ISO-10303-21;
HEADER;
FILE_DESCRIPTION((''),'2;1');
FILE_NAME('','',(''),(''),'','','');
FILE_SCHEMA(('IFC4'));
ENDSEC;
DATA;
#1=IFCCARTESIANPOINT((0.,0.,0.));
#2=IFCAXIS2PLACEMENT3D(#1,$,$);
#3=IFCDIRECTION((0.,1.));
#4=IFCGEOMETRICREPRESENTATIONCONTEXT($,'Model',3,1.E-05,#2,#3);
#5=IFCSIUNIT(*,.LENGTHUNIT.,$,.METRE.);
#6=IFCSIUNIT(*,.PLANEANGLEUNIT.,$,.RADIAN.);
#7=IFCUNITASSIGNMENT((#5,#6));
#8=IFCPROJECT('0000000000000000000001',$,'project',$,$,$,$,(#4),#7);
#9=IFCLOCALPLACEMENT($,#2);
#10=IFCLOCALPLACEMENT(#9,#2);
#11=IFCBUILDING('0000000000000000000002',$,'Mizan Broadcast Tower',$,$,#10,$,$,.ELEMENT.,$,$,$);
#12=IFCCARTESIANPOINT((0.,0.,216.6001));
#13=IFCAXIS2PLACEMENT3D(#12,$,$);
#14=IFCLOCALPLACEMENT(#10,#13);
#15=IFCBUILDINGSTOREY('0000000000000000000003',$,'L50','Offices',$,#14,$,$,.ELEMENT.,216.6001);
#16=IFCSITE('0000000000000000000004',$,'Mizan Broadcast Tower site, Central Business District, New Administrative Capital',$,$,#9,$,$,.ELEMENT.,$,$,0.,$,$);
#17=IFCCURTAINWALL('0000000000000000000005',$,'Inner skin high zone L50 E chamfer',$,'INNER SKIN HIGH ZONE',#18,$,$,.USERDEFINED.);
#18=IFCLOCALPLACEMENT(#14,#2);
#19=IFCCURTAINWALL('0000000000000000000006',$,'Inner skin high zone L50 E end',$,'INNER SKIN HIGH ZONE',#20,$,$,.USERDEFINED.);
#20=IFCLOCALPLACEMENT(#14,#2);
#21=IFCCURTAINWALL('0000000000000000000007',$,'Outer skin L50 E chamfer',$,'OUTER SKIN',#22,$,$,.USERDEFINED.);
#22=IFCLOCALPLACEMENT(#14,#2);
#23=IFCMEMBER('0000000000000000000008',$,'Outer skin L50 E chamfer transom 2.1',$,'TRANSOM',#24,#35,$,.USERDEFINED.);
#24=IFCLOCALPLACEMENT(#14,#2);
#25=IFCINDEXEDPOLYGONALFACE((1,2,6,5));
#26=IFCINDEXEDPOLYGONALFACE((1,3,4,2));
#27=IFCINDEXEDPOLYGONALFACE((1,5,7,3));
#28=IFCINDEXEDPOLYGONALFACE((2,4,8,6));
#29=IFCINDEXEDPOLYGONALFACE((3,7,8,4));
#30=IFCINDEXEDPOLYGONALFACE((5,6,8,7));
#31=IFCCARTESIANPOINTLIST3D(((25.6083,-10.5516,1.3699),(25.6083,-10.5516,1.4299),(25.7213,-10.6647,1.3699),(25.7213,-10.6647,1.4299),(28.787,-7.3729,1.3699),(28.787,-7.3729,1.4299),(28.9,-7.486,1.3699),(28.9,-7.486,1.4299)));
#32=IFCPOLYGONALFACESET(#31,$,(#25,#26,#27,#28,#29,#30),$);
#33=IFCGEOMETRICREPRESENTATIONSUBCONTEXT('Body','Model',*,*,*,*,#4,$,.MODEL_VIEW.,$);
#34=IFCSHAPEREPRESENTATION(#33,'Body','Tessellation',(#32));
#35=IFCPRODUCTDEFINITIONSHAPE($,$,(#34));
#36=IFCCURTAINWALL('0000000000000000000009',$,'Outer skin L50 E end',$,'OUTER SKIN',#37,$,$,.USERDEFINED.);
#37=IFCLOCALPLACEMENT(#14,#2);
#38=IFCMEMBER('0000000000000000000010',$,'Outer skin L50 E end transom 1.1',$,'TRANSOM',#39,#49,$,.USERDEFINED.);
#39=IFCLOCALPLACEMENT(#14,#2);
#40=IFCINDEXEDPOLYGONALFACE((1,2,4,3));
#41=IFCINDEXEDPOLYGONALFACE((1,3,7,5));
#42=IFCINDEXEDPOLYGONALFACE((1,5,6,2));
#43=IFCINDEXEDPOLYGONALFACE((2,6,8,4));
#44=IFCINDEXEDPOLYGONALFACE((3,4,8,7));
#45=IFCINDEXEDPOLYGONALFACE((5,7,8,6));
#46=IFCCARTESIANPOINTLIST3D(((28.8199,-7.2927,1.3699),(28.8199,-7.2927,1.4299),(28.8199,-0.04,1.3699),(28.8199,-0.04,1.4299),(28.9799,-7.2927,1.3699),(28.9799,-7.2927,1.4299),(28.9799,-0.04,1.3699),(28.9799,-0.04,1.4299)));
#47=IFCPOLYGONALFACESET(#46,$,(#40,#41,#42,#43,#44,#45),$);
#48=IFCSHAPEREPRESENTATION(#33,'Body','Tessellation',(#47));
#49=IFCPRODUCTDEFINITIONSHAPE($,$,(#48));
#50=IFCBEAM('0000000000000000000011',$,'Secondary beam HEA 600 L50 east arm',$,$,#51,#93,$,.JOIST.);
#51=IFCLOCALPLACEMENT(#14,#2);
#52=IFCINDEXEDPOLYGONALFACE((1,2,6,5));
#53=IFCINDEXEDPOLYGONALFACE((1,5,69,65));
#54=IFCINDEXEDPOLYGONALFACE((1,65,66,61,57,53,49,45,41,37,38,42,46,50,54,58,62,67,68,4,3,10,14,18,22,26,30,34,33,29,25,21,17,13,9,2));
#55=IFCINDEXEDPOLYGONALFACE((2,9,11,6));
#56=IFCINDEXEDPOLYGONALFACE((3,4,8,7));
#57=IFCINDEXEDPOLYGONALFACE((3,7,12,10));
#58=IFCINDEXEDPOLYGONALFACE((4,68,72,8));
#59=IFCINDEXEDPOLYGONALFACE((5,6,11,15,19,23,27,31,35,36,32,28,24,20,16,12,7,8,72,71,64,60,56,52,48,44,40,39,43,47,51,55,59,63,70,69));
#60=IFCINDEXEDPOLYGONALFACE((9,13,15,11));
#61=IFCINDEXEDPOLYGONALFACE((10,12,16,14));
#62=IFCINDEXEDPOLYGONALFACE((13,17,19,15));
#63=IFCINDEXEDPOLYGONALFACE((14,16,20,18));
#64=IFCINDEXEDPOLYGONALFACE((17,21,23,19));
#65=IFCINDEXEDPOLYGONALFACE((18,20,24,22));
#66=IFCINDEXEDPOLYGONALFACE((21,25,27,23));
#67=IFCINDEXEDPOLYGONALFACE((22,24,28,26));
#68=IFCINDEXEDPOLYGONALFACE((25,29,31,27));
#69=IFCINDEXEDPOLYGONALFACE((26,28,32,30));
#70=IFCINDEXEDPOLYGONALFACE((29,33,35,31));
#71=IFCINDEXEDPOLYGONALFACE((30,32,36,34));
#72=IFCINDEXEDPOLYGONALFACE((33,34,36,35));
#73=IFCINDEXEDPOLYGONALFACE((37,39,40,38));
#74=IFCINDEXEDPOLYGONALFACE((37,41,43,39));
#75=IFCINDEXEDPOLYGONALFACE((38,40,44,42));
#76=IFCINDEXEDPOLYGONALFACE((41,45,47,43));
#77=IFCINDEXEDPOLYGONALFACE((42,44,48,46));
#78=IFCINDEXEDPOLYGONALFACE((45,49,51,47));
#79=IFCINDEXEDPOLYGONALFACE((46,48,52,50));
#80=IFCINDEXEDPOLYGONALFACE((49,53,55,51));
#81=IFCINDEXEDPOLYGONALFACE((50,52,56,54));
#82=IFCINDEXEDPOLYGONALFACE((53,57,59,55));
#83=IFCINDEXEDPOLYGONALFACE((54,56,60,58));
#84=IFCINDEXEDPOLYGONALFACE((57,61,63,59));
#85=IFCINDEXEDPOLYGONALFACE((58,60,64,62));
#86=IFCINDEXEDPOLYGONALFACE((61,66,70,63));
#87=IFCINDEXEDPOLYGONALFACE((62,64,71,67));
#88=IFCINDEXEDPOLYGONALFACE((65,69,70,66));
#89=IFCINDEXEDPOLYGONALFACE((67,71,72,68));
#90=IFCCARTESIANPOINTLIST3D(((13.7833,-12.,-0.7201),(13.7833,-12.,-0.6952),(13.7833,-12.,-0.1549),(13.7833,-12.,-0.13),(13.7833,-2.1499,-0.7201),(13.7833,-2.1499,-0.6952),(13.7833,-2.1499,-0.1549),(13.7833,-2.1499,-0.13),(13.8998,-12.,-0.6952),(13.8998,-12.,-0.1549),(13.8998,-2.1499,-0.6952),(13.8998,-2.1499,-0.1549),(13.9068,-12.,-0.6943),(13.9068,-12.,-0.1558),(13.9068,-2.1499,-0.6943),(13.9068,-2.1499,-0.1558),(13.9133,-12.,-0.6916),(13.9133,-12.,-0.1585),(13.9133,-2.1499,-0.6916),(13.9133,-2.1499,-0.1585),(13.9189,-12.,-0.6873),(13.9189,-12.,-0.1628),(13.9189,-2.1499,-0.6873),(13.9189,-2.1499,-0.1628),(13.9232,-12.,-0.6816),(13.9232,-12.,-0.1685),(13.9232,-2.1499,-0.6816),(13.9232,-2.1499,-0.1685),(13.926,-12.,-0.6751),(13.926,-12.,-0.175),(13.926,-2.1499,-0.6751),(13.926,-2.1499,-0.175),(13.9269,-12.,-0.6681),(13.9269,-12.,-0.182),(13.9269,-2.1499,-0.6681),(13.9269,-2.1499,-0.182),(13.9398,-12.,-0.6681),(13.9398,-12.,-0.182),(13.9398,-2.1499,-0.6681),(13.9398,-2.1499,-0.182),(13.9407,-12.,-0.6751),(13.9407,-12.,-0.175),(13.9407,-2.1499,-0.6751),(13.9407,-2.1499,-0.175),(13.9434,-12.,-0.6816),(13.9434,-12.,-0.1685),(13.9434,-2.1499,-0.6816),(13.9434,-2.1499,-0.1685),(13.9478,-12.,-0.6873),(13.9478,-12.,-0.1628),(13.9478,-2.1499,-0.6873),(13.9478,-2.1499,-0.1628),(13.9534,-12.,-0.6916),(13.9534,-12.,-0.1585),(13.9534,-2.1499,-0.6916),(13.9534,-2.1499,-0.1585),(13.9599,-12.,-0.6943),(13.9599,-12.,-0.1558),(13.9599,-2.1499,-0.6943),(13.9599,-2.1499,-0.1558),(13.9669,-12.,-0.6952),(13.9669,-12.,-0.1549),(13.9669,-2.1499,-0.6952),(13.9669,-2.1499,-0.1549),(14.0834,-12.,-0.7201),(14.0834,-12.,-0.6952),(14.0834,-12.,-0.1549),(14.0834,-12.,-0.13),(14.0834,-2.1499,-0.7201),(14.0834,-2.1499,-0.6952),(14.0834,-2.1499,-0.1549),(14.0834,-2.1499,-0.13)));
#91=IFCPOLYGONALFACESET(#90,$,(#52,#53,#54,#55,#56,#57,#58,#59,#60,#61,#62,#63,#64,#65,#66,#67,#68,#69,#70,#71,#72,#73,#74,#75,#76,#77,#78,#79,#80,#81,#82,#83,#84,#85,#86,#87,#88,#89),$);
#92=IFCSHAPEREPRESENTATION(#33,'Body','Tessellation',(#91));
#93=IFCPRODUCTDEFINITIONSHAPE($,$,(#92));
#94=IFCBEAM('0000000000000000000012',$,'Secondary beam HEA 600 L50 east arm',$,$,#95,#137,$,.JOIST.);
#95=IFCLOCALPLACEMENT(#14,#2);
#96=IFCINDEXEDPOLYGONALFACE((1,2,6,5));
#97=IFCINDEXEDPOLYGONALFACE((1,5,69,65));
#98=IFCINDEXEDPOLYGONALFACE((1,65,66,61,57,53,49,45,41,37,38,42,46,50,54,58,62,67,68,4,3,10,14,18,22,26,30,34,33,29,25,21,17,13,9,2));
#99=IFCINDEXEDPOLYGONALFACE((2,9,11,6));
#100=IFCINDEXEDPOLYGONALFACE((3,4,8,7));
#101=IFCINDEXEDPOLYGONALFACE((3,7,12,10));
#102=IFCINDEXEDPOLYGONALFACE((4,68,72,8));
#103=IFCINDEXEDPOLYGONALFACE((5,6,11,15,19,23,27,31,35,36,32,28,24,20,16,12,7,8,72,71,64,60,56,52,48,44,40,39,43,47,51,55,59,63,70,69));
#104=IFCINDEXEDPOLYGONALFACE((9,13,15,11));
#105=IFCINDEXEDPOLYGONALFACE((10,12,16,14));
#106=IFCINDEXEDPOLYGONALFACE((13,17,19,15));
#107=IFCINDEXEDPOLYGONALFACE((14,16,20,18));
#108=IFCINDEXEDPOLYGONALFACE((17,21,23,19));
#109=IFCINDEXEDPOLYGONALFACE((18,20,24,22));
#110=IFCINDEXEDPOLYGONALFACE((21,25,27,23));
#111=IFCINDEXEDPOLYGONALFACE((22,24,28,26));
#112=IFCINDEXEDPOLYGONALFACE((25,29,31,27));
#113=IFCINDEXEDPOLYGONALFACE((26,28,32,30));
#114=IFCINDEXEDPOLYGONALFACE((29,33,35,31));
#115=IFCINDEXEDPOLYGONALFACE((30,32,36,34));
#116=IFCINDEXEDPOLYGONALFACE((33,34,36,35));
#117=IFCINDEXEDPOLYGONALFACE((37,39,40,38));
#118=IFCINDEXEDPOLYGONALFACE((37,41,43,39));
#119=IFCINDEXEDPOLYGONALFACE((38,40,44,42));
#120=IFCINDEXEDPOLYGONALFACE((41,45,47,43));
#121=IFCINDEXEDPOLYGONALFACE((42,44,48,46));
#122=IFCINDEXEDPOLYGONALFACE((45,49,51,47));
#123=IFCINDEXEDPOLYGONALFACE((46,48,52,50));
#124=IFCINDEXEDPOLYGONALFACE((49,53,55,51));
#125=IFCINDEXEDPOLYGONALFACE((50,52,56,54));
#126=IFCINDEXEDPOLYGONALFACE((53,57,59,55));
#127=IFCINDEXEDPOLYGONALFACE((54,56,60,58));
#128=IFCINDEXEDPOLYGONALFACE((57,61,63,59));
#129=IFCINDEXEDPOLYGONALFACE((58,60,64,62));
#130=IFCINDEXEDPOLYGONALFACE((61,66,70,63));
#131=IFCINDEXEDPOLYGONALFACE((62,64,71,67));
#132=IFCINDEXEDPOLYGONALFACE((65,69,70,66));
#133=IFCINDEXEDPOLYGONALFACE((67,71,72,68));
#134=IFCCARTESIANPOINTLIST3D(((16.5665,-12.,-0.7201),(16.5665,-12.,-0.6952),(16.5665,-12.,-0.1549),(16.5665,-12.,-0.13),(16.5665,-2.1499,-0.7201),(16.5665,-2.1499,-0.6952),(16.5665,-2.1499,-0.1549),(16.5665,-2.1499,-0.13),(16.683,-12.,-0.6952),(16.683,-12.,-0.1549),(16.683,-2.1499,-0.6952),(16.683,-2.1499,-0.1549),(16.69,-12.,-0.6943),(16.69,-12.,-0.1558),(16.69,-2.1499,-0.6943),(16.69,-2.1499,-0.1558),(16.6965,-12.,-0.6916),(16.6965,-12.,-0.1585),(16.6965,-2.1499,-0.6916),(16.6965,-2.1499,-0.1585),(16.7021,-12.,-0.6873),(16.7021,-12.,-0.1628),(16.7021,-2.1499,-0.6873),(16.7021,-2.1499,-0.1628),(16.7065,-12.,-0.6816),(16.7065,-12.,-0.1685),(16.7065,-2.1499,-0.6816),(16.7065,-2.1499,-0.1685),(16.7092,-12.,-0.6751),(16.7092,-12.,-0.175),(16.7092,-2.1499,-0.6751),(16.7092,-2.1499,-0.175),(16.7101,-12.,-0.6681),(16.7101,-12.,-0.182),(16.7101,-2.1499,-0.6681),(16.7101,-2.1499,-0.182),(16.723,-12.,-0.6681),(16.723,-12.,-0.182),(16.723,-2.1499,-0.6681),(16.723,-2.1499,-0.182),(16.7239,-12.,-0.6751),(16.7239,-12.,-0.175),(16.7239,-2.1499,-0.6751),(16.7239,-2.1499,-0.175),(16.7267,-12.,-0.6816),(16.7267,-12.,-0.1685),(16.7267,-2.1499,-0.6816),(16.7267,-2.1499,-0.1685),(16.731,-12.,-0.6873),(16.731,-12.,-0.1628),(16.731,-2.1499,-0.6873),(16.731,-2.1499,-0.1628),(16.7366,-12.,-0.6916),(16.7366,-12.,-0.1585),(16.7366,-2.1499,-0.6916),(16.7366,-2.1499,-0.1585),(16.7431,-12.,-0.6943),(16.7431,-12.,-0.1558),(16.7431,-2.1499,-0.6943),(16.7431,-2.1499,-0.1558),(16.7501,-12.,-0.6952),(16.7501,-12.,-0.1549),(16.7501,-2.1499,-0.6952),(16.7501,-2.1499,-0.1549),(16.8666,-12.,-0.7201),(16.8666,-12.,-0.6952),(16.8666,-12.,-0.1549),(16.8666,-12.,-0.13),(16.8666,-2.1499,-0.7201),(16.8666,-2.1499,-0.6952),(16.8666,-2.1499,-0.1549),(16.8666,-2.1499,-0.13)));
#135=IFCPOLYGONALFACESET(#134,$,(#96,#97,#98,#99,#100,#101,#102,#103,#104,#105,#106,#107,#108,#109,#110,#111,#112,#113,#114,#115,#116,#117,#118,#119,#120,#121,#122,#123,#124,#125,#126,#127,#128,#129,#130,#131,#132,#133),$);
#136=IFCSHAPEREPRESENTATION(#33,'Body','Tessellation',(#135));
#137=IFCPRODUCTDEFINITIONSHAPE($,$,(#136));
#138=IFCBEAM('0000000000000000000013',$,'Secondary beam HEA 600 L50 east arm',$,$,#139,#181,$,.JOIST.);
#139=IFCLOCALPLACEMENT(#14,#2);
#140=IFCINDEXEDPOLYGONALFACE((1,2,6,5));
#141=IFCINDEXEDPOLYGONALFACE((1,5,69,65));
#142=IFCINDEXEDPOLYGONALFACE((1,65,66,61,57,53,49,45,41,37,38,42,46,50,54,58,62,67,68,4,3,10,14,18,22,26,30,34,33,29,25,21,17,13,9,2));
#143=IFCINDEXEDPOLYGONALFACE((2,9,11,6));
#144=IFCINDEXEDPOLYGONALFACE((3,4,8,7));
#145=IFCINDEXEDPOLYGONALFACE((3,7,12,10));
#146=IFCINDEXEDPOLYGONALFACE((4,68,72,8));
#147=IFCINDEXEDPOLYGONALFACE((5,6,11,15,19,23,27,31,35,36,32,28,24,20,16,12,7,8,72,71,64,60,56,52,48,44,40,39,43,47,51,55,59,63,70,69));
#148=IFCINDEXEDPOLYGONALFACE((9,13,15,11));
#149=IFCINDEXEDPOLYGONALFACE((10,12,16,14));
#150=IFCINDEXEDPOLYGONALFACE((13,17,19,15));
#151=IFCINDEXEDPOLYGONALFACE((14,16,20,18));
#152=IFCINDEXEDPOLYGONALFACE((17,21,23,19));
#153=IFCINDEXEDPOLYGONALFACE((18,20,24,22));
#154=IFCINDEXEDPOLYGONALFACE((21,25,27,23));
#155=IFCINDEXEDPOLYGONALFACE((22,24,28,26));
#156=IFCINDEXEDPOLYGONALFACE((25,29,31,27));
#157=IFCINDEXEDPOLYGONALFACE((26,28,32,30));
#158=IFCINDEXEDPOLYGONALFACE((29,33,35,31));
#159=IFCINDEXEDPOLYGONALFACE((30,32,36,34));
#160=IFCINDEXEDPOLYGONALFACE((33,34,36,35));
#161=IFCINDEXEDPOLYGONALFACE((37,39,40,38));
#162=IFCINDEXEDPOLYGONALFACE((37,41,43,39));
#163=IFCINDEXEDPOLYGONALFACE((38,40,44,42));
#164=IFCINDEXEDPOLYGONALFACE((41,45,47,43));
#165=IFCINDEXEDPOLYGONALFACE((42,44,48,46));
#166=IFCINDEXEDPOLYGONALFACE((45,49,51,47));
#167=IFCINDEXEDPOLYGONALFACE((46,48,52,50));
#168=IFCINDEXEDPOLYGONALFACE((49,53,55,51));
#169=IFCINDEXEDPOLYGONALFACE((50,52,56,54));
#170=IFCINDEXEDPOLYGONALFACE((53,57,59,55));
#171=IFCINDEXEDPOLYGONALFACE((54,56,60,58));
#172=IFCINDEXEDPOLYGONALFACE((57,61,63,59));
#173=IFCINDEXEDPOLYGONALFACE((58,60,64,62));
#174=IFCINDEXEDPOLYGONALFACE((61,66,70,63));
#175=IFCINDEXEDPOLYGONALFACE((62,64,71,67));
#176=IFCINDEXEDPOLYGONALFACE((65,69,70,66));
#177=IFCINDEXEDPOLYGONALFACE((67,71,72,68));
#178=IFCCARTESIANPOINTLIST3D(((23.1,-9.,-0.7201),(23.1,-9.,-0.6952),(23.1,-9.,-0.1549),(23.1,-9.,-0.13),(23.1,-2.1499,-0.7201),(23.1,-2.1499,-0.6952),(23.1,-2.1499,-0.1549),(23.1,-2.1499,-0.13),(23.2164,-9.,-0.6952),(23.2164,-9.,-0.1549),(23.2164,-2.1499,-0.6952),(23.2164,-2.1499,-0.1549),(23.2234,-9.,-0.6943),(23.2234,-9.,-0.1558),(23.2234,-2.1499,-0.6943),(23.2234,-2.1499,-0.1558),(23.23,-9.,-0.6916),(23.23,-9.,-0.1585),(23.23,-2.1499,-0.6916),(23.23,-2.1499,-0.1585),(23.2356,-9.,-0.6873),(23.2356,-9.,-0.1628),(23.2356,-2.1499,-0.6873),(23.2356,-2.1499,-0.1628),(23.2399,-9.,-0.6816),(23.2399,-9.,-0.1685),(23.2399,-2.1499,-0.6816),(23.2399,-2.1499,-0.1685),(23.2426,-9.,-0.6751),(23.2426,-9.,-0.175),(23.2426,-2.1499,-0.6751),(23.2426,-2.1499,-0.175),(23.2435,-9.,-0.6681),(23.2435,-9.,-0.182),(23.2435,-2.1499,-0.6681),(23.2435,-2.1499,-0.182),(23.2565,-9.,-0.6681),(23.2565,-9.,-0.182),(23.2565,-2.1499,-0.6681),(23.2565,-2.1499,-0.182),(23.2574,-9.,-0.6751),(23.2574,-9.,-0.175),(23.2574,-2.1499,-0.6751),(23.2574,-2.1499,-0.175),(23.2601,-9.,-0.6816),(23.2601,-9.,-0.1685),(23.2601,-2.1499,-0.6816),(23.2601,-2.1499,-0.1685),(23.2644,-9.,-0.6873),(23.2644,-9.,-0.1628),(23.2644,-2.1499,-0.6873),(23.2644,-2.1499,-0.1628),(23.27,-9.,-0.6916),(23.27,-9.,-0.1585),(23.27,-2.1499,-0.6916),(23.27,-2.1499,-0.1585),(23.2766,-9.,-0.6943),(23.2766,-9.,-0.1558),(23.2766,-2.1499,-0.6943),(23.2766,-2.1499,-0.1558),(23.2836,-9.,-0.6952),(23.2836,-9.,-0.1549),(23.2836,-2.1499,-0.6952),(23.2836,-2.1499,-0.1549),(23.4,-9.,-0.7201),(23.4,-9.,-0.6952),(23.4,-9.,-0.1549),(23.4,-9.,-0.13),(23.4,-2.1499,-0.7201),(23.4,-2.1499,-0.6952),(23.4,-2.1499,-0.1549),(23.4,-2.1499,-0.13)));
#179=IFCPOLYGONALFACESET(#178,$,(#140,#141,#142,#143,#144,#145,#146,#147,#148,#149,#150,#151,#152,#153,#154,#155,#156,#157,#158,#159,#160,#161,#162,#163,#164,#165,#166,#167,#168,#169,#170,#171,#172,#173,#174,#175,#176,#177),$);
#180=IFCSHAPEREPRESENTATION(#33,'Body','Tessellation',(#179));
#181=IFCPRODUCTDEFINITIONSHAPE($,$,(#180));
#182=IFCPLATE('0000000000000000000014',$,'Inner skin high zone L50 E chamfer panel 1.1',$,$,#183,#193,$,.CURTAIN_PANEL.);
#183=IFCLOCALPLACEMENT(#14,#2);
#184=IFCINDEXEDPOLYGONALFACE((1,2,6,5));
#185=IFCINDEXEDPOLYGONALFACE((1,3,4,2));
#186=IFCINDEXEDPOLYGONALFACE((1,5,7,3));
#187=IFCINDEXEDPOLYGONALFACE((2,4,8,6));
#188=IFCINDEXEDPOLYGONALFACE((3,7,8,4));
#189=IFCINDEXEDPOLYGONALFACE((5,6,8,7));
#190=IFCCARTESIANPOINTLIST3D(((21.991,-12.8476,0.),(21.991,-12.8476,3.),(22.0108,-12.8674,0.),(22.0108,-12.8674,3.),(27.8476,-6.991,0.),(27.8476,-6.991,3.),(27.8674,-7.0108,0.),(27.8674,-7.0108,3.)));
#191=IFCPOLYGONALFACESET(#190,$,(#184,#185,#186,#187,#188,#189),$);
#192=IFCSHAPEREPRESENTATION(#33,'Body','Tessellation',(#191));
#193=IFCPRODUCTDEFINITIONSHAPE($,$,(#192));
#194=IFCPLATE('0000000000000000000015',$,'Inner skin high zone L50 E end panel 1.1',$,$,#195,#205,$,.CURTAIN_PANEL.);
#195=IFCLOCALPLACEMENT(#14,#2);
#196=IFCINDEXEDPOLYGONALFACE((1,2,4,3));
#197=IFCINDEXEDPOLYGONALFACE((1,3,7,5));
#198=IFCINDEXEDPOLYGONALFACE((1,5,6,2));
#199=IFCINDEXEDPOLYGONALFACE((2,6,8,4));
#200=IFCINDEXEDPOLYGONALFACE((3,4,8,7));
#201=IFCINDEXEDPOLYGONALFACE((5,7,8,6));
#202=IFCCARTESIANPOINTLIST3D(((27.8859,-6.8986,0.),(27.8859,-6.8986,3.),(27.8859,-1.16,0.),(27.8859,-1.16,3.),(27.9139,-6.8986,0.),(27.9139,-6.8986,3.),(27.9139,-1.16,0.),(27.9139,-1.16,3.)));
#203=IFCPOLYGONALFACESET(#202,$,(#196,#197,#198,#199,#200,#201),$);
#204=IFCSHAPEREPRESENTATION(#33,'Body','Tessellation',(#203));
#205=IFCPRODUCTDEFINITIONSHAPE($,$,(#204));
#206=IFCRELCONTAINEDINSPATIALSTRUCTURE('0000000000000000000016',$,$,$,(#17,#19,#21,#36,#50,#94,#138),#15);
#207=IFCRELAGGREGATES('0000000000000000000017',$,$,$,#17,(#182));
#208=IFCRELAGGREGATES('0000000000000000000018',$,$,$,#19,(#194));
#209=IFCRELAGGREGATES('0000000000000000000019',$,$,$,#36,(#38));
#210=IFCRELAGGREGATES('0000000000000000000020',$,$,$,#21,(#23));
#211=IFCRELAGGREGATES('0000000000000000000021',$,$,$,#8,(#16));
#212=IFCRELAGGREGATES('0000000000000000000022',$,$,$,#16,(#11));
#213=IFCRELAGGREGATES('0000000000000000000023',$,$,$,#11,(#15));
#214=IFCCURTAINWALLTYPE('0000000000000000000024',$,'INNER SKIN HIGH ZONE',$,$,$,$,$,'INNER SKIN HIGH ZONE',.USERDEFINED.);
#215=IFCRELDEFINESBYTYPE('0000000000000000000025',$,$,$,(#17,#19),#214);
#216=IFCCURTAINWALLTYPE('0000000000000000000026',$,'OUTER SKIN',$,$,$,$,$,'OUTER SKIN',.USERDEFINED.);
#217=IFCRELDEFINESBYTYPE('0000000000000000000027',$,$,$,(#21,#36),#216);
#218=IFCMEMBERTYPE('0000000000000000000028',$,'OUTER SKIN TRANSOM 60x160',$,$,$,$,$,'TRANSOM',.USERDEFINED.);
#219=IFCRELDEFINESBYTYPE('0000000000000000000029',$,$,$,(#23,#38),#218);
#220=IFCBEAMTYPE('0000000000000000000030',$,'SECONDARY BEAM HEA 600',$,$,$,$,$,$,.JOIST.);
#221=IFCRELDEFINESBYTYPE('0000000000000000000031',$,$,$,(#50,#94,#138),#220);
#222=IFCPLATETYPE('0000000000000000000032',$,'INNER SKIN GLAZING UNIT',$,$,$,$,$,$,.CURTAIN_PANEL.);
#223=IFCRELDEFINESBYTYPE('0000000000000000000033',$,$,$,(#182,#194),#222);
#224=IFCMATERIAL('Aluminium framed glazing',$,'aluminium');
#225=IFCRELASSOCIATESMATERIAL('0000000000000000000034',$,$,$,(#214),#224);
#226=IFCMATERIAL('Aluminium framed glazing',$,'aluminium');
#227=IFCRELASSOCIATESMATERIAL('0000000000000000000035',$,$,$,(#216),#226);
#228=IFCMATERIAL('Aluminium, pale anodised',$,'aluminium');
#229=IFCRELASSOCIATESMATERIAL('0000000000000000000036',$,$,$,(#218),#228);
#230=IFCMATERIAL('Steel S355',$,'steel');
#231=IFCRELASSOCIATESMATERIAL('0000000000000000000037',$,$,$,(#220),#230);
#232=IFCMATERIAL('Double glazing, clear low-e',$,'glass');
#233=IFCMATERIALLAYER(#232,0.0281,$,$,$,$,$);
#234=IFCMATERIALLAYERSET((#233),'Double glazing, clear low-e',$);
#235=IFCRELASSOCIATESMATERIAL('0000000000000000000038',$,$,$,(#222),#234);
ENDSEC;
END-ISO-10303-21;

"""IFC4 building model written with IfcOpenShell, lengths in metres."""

from ifc_helpers import new_model, si_unit, direction, frame, origin, origin_2d, place, context, subcontext, project, spatial, rectangle, i_section, extrude, material, layer, layer_set, material_profile, profile_set, type_object, element, aggregate, save


model = new_model("IFC4")

# Units and contexts
model_context = context("Model", 3, precision=1e-05, world=origin(), true_north=direction((0.0, 1.0)))
body_context = subcontext(model_context, "Body", "Model", "MODEL_VIEW")
ifc_project = project(units=[si_unit("LENGTHUNIT", "METRE"), si_unit("PLANEANGLEUNIT", "RADIAN")], contexts=[model_context])

# Site, building, storey
site_placement = place(None, origin())
site = spatial("IfcSite", under=ifc_project, at=site_placement, Name="Mizan Broadcast Tower site, Central Business District, New Administrative Capital", CompositionType="ELEMENT", RefElevation=0.0)
building_placement = place(site_placement, origin())
building = spatial("IfcBuilding", under=site, at=building_placement, Name="Mizan Broadcast Tower", CompositionType="ELEMENT")
storey_placement = place(building_placement, frame((0.0, 0.0, 216.6001)))
storey = spatial("IfcBuildingStorey", under=building, at=storey_placement, Name="L50", Description="Offices", CompositionType="ELEMENT", Elevation=216.6001)

# Curtain wall
ifc_material_1 = material(Name="Aluminium framed glazing", Category="aluminium")
curtain_wall_type_1 = type_object("IfcCurtainWallType", Name="INNER SKIN HIGH ZONE", ElementType="INNER SKIN HIGH ZONE", PredefinedType="USERDEFINED", material=ifc_material_1)
curtain_wall_1_placement = place(storey_placement, origin())
curtain_wall_1 = element("IfcCurtainWall", 1, at=curtain_wall_1_placement, inside=storey, type_object=curtain_wall_type_1, Name="Inner skin high zone L50 E chamfer", ObjectType="INNER SKIN HIGH ZONE", PredefinedType="USERDEFINED")

# Curtain walls, member
curtain_wall_2_placement = place(storey_placement, origin())
curtain_wall_2 = element("IfcCurtainWall", 2, at=curtain_wall_2_placement, inside=storey, type_object=curtain_wall_type_1, Name="Inner skin high zone L50 E end", ObjectType="INNER SKIN HIGH ZONE", PredefinedType="USERDEFINED")
ifc_material_2 = material(Name="Aluminium framed glazing", Category="aluminium")
curtain_wall_type_2 = type_object("IfcCurtainWallType", Name="OUTER SKIN", ElementType="OUTER SKIN", PredefinedType="USERDEFINED", material=ifc_material_2)
curtain_wall_3_placement = place(storey_placement, origin())
curtain_wall_3 = element("IfcCurtainWall", 3, at=curtain_wall_3_placement, inside=storey, type_object=curtain_wall_type_2, Name="Outer skin L50 E chamfer", ObjectType="OUTER SKIN", PredefinedType="USERDEFINED")
ifc_material_3 = material(Name="Aluminium, pale anodised", Category="aluminium")
ifc_material_profile_1 = material_profile(ifc_material_3, rectangle(XDim=0.1599, YDim=0.0601, at=origin_2d()), Name="TRANSOM 160x60")
ifc_profile_set_1 = profile_set([ifc_material_profile_1], Name="Aluminium, pale anodised")
member_type_1 = type_object("IfcMemberType", Name="OUTER SKIN TRANSOM 60x160", ElementType="TRANSOM", PredefinedType="USERDEFINED", material=ifc_profile_set_1)
member_1_placement = place(storey_placement, frame((25.6648, -10.6082, 1.3999), z_axis=(0.707107, 0.707107, 0.0), x_axis=(-0.707107, 0.707107, 0.0)))
member_1 = element("IfcMember", 4, at=member_1_placement, type_object=member_type_1, Name="Outer skin L50 E chamfer transom 2.1", ObjectType="TRANSOM", PredefinedType="USERDEFINED", context=body_context, shape_type="SweptSolid", body=[
    extrude(rectangle(XDim=0.1599, YDim=0.0601, at=origin_2d()), origin(), (0.0, 0.0, 1.0), 4.4954),
])

# Curtain wall, member
curtain_wall_4_placement = place(storey_placement, origin())
curtain_wall_4 = element("IfcCurtainWall", 5, at=curtain_wall_4_placement, inside=storey, type_object=curtain_wall_type_2, Name="Outer skin L50 E end", ObjectType="OUTER SKIN", PredefinedType="USERDEFINED")
member_2_placement = place(storey_placement, frame((28.8999, -7.2927, 1.3999), z_axis=(0.0, 1.0, 0.0), x_axis=(-1.0, 0.0, 0.0)))
member_2 = element("IfcMember", 6, at=member_2_placement, type_object=member_type_1, Name="Outer skin L50 E end transom 1.1", ObjectType="TRANSOM", PredefinedType="USERDEFINED", context=body_context, shape_type="SweptSolid", body=[
    extrude(rectangle(XDim=0.1599, YDim=0.0601, at=origin_2d()), origin(), (0.0, 0.0, 1.0), 7.2527),
])

# Beams
ifc_material_4 = material(Name="Steel S355", Category="steel")
ifc_material_profile_2 = material_profile(ifc_material_4, i_section(OverallWidth=0.3, OverallDepth=0.5901, WebThickness=0.0129, FlangeThickness=0.0249, FilletRadius=0.0271, at=origin_2d()), Name="HEA 600")
ifc_profile_set_2 = profile_set([ifc_material_profile_2], Name="Steel S355")
beam_type_1 = type_object("IfcBeamType", Name="SECONDARY BEAM HEA 600", PredefinedType="JOIST", material=ifc_profile_set_2)
for number, where, z_axis, x_axis, name in (
    (7, (13.9333, -12.0, -0.425), (0.0, 1.0, 0.0), (-1.0, 0.0, 0.0), "Secondary beam HEA 600 L50 east arm"),
    (8, (16.7166, -12.0, -0.425), (0.0, 1.0, 0.0), (-1.0, 0.0, 0.0), "Secondary beam HEA 600 L50 east arm"),
):
    element("IfcBeam", number, at=place(storey_placement, frame(where, z_axis=z_axis, x_axis=x_axis)), inside=storey, type_object=beam_type_1, Name=name, PredefinedType="JOIST", context=body_context, shape_type="SweptSolid", body=[
        extrude(i_section(OverallWidth=0.3, OverallDepth=0.5901, WebThickness=0.0129, FlangeThickness=0.0249, FilletRadius=0.0271, at=origin_2d()), origin(), (0.0, 0.0, 1.0), 9.8501),
    ])
beam_1_placement = place(storey_placement, frame((23.25, -9.0, -0.425), z_axis=(0.0, 1.0, 0.0), x_axis=(-1.0, 0.0, 0.0)))
element("IfcBeam", 9, at=beam_1_placement, inside=storey, type_object=beam_type_1, Name="Secondary beam HEA 600 L50 east arm", PredefinedType="JOIST", context=body_context, shape_type="SweptSolid", body=[
    extrude(i_section(OverallWidth=0.3, OverallDepth=0.5901, WebThickness=0.0129, FlangeThickness=0.0249, FilletRadius=0.0271, at=origin_2d()), origin(), (0.0, 0.0, 1.0), 6.8501),
])

# Plates
ifc_material_5 = material(Name="Double glazing, clear low-e", Category="glass")
ifc_layer_1 = layer(ifc_material_5, 0.0281)
ifc_layer_set_1 = layer_set([ifc_layer_1], Name="Double glazing, clear low-e")
plate_type_1 = type_object("IfcPlateType", Name="INNER SKIN GLAZING UNIT", PredefinedType="CURTAIN_PANEL", material=ifc_layer_set_1)
plate_1_placement = place(storey_placement, frame((24.9292, -9.9292, 0.0), z_axis=(0.0, 0.0, 1.0), x_axis=(0.707107, 0.707107, 0.0)))
plate_1 = element("IfcPlate", 10, at=plate_1_placement, type_object=plate_type_1, Name="Inner skin high zone L50 E chamfer panel 1.1", PredefinedType="CURTAIN_PANEL", context=body_context, shape_type="SweptSolid", body=[
    extrude(rectangle(XDim=8.2825, YDim=0.0281, at=origin_2d()), origin(), (0.0, 0.0, 1.0), 3.0),
])
plate_2_placement = place(storey_placement, frame((27.8999, -4.0293, 0.0), z_axis=(0.0, 0.0, 1.0), x_axis=(0.0, 1.0, 0.0)))
plate_2 = element("IfcPlate", 11, at=plate_2_placement, type_object=plate_type_1, Name="Inner skin high zone L50 E end panel 1.1", PredefinedType="CURTAIN_PANEL", context=body_context, shape_type="SweptSolid", body=[
    extrude(rectangle(XDim=5.7385, YDim=0.0281, at=origin_2d()), origin(), (0.0, 0.0, 1.0), 3.0),
])
aggregate(curtain_wall_1, [plate_1])
aggregate(curtain_wall_2, [plate_2])
aggregate(curtain_wall_4, [member_2])
aggregate(curtain_wall_3, [member_1])

save(model, "model.ifc")
